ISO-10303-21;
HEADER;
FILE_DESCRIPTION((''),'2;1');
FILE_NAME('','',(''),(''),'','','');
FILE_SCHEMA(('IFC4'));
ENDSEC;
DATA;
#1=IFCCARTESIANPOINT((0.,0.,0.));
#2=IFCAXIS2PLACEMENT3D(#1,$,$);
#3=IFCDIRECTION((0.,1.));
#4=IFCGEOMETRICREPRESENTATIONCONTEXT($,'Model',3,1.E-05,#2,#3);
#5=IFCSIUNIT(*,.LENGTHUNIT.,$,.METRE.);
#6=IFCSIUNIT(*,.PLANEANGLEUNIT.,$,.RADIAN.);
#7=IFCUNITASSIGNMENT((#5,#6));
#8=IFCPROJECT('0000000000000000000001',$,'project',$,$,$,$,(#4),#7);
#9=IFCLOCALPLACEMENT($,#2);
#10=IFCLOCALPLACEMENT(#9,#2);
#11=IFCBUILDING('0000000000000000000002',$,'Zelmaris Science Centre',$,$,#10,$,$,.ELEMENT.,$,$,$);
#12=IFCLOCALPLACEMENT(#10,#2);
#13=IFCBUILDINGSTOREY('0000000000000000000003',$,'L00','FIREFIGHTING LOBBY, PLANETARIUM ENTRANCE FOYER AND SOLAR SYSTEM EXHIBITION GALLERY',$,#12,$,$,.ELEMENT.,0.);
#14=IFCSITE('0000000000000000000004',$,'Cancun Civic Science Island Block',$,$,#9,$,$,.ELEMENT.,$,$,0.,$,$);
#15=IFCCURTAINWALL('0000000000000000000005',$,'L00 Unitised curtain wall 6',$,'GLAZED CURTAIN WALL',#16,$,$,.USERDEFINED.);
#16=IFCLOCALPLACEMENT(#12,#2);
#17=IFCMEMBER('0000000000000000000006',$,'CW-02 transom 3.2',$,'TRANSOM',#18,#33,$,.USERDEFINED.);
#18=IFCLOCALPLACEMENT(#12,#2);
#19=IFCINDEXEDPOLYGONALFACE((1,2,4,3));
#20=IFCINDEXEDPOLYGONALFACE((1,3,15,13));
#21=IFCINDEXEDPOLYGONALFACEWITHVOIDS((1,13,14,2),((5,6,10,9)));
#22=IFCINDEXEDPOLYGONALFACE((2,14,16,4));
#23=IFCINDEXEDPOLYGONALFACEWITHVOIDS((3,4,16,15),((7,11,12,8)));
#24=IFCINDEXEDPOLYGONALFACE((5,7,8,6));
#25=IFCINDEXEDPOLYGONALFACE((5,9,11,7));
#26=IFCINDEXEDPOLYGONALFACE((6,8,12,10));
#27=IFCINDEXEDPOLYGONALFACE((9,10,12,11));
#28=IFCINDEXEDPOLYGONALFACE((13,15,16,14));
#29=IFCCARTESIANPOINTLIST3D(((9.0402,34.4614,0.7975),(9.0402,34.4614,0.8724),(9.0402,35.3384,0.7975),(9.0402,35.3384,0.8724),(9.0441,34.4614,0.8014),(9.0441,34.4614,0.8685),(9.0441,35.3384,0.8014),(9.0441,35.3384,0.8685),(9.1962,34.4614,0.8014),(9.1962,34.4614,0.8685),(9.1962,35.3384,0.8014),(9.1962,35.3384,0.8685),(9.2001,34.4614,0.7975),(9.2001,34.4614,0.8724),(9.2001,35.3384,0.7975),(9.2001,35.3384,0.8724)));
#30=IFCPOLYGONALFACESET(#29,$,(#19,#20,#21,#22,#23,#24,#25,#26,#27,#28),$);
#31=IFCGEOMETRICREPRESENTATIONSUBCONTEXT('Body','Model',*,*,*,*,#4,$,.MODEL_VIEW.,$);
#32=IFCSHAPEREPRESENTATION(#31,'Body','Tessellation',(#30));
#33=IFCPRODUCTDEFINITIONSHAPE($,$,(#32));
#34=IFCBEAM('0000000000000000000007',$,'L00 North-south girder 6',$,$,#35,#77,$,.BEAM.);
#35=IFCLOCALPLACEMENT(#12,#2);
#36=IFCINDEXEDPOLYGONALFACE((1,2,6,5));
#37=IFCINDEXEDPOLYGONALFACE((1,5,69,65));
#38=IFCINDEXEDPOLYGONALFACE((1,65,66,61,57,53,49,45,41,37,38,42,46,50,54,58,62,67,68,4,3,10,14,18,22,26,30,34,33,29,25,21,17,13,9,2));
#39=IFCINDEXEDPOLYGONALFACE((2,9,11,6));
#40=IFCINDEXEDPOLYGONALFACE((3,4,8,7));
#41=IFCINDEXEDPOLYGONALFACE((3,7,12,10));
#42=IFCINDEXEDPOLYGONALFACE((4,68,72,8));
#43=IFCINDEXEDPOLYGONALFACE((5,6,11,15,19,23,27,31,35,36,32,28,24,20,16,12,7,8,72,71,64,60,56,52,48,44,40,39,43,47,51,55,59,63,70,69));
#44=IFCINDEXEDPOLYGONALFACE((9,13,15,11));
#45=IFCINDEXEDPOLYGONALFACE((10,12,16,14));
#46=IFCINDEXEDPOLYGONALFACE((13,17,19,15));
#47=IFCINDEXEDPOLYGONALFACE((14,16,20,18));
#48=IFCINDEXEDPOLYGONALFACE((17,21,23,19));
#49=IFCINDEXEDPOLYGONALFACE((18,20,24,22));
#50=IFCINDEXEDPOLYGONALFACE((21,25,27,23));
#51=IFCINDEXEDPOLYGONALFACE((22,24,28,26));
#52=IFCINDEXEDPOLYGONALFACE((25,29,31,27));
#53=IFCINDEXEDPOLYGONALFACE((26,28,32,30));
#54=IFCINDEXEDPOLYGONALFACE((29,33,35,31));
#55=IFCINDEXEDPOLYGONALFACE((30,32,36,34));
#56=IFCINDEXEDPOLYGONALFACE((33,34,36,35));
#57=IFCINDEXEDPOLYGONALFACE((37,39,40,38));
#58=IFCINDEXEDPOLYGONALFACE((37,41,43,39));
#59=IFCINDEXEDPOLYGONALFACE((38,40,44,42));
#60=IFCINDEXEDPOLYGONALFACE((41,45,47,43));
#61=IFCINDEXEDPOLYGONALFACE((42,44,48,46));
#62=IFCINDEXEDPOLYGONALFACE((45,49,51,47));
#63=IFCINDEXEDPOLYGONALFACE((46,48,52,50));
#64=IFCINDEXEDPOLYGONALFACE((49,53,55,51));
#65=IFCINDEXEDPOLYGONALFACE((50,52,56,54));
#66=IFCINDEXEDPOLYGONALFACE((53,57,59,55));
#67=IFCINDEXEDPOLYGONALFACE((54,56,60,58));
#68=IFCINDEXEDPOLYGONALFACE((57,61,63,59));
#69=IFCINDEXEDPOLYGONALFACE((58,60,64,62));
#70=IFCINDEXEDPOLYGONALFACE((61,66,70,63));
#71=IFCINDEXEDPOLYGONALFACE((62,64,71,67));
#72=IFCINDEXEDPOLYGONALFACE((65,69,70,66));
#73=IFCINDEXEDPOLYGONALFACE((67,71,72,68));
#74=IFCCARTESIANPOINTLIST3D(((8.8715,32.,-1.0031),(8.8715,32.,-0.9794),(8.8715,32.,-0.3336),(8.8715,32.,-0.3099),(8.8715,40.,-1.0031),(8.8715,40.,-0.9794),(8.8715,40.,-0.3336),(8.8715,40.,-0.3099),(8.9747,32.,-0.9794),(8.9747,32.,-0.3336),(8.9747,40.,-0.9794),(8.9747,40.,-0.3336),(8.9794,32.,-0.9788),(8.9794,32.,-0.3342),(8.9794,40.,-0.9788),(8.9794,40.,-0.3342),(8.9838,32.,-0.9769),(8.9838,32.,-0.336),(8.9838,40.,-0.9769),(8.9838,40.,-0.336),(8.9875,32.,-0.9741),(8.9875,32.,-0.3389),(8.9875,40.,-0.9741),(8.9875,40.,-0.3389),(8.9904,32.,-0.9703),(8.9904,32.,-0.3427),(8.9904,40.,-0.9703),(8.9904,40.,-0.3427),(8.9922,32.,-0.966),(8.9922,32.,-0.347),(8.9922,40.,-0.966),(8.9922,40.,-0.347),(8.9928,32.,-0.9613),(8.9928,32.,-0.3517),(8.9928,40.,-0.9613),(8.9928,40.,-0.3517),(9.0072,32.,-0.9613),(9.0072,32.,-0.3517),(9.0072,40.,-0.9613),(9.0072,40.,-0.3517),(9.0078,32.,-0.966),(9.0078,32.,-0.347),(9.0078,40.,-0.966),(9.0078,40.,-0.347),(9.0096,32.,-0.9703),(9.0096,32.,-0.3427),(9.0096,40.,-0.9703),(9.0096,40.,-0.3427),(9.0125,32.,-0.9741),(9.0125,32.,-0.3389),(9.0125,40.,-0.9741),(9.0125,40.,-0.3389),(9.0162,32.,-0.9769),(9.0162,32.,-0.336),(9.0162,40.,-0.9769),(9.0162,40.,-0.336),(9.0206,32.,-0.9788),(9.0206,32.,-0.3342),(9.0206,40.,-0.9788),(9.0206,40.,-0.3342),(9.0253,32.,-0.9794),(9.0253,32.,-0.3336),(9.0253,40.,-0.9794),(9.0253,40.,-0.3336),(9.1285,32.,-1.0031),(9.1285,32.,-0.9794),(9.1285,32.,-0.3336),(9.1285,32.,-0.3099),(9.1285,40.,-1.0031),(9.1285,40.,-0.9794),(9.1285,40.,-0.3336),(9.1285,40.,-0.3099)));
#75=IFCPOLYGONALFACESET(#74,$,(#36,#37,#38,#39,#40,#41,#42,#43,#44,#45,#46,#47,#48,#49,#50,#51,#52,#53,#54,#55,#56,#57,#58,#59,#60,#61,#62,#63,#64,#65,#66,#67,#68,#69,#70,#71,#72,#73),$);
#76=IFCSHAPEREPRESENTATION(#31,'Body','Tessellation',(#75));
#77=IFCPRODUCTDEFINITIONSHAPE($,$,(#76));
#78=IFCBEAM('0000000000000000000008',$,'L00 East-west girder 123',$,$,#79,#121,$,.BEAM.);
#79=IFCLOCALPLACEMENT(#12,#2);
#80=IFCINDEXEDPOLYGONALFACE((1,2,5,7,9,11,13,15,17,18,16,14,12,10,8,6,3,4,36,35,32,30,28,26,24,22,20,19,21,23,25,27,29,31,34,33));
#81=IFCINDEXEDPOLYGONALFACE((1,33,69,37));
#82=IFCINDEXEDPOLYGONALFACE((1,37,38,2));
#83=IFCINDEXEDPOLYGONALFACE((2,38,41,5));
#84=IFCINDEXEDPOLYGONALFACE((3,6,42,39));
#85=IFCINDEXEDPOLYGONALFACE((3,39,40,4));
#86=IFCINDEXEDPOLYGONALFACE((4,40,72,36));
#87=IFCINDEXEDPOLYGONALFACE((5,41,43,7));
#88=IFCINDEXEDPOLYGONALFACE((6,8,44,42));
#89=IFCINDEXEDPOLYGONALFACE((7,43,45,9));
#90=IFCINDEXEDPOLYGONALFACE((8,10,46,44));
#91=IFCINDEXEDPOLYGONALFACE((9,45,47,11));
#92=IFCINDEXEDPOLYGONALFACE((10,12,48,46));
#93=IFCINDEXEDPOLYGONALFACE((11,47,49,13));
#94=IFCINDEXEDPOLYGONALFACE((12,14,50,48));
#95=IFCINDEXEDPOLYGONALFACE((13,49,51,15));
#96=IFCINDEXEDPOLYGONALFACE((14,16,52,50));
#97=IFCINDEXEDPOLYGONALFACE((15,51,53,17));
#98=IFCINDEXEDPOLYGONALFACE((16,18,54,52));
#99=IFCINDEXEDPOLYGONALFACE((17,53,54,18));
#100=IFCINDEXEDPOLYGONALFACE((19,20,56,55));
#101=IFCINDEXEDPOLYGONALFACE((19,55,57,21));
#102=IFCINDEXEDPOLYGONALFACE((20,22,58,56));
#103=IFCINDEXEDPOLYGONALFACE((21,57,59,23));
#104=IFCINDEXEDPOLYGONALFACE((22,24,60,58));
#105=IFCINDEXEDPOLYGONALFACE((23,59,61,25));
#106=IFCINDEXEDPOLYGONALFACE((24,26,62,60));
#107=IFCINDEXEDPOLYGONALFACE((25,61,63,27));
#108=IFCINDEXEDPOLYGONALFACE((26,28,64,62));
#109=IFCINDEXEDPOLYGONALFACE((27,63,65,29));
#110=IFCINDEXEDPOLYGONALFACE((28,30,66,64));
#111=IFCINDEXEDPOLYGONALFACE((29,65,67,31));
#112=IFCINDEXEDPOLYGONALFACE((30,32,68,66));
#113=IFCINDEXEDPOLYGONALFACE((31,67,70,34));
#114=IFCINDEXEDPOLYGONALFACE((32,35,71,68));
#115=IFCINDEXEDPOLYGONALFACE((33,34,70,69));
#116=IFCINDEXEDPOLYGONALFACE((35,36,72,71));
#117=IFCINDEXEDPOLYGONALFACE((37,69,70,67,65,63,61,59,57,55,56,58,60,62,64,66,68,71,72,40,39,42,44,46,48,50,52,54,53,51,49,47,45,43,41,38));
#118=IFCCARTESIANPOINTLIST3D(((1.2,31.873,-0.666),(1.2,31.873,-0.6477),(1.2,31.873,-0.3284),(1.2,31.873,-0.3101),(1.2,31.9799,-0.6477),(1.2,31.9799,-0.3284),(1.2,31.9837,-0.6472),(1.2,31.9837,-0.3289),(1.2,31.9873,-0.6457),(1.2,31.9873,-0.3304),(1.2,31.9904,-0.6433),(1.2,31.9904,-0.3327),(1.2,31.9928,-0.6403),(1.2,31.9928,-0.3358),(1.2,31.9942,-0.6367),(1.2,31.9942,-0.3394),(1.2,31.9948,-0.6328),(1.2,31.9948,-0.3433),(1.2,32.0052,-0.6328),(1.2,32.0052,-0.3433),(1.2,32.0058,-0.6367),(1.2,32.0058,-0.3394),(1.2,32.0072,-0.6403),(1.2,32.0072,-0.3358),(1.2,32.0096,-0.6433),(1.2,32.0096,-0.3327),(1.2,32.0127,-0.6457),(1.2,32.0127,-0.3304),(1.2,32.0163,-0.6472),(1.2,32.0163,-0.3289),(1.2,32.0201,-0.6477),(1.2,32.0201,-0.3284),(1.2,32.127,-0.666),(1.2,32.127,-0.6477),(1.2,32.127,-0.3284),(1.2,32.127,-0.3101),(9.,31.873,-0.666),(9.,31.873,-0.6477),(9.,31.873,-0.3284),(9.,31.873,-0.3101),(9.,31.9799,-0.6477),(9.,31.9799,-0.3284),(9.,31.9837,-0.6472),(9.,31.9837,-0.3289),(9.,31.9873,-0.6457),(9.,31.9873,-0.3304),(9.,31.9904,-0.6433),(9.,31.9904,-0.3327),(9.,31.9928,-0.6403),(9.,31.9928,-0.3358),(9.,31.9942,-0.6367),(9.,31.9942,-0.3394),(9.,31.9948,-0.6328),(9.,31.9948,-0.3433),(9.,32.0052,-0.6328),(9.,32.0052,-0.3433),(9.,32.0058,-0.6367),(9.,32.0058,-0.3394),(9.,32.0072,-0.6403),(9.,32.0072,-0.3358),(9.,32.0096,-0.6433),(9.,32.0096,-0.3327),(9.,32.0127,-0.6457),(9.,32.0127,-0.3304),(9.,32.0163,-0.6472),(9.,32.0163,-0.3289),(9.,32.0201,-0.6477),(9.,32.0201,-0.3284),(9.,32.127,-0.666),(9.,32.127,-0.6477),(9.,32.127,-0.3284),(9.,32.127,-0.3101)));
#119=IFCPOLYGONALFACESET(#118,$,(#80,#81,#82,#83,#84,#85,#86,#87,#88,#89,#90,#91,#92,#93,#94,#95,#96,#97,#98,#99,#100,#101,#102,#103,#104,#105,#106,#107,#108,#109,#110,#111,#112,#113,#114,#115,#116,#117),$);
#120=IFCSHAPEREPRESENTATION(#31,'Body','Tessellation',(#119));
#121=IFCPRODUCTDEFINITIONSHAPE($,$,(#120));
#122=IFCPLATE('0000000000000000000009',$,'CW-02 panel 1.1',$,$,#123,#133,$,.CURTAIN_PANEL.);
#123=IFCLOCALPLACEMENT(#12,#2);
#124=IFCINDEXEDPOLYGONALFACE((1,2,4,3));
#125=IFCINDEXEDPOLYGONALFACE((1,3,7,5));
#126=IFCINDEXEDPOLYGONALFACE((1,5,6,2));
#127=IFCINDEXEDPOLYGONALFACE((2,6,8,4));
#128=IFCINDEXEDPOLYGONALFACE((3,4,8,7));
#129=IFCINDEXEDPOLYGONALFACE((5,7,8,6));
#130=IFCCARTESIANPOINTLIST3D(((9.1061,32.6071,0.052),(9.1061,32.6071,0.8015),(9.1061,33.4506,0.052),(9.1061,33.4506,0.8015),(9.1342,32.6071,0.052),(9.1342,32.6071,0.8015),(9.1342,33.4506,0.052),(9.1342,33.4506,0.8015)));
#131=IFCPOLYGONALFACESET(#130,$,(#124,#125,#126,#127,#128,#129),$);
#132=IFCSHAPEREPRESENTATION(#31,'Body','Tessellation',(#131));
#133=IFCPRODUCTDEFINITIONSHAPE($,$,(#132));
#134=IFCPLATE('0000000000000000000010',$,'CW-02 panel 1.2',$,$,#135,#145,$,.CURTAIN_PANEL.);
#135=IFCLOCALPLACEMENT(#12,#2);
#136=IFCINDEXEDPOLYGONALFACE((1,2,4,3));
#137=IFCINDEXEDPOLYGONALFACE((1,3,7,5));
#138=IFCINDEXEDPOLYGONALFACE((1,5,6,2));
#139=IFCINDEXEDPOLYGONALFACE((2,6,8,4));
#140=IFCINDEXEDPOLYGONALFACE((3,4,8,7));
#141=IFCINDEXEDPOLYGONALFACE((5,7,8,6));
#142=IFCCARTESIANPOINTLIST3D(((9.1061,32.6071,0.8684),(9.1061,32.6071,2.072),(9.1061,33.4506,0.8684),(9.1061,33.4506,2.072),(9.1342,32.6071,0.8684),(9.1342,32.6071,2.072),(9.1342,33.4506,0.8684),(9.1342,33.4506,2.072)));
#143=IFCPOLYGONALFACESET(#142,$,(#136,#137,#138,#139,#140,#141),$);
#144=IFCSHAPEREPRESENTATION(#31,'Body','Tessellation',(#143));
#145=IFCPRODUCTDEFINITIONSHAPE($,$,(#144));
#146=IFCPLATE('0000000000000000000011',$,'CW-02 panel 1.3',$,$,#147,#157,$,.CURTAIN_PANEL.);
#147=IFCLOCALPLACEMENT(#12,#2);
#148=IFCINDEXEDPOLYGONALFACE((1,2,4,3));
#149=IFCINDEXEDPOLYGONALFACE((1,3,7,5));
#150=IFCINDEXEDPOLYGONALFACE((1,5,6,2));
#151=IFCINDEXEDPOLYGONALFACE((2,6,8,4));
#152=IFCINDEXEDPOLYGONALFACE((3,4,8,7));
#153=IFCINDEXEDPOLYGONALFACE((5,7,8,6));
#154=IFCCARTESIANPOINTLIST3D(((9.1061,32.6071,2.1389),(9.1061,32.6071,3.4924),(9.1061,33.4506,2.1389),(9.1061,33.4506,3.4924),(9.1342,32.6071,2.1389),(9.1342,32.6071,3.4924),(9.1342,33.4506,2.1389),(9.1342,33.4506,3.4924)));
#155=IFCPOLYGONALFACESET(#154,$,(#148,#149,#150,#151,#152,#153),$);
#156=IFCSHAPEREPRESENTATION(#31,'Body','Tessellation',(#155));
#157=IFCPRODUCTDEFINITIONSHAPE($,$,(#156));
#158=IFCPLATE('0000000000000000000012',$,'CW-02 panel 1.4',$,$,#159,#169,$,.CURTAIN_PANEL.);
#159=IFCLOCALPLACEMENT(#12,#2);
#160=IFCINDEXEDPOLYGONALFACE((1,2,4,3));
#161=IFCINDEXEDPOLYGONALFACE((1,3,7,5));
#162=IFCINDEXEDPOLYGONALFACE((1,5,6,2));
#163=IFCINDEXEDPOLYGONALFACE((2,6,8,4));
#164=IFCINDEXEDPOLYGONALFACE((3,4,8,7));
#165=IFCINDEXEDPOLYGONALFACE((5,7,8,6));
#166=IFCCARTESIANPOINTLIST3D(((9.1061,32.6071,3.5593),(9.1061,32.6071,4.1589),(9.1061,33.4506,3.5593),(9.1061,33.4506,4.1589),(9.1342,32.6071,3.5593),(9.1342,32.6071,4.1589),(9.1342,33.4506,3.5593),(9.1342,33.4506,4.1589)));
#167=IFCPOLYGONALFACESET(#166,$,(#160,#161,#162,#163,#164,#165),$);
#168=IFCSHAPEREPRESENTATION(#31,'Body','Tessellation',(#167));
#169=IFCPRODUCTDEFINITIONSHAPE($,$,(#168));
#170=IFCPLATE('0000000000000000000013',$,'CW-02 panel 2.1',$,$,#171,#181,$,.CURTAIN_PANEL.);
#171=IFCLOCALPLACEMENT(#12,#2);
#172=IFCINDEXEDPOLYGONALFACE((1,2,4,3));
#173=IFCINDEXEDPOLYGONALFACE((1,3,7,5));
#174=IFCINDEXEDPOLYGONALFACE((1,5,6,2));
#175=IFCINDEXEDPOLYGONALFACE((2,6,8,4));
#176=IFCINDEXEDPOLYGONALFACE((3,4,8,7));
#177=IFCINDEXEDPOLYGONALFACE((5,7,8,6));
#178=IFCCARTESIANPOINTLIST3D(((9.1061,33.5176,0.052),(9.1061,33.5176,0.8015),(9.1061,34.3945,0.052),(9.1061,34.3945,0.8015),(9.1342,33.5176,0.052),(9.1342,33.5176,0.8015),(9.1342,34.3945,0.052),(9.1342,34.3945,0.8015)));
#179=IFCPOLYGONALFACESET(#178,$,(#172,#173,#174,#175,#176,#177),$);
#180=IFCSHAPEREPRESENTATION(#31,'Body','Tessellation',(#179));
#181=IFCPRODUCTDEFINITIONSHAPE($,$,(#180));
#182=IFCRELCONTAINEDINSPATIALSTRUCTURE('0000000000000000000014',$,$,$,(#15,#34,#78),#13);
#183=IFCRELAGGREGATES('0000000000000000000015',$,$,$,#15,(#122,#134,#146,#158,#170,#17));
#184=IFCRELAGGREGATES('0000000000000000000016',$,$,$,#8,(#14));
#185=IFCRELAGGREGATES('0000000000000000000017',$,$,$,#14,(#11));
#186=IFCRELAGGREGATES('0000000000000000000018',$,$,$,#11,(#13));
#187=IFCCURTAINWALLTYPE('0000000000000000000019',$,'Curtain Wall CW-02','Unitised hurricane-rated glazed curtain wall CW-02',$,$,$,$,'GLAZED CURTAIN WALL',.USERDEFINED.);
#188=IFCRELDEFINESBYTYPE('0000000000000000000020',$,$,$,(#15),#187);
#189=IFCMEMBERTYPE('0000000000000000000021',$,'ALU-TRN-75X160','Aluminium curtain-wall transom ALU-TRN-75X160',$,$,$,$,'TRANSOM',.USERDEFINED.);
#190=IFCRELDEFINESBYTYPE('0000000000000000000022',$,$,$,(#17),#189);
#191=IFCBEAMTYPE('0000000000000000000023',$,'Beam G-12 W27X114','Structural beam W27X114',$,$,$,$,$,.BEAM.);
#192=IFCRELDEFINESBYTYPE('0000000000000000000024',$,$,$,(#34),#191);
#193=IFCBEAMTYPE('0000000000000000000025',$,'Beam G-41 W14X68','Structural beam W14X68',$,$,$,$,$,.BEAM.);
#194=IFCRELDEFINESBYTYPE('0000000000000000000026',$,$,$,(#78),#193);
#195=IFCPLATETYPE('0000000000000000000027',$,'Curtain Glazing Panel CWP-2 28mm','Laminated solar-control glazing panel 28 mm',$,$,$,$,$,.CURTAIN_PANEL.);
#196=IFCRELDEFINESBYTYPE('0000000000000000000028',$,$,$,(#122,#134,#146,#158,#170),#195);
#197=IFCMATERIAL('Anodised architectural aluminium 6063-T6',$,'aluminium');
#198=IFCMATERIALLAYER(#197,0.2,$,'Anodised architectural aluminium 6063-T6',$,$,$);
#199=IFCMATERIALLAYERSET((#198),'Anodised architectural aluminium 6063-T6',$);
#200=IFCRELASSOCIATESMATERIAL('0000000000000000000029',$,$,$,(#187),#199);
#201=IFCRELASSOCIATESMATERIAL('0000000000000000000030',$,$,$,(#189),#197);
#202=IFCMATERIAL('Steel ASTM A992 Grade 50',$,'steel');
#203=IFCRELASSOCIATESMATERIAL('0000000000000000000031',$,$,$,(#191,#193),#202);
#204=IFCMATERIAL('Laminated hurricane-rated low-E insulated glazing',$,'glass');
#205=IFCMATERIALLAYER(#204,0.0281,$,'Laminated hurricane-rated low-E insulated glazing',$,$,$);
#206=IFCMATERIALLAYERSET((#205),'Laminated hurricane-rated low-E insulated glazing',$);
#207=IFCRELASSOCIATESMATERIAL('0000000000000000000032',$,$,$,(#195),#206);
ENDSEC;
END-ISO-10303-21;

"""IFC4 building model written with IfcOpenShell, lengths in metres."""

from ifc_helpers import new_model, si_unit, direction, frame, origin, origin_2d, place, context, subcontext, project, spatial, rectangle, hollow_rectangle, i_section, extrude, material, layer, layer_set, material_profile, profile_set, type_object, element, aggregate, save


model = new_model("IFC4")

# Units and contexts
model_context = context("Model", 3, precision=1e-05, world=origin(), true_north=direction((0.0, 1.0)))
body_context = subcontext(model_context, "Body", "Model", "MODEL_VIEW")
ifc_project = project(units=[si_unit("LENGTHUNIT", "METRE"), si_unit("PLANEANGLEUNIT", "RADIAN")], contexts=[model_context])

# Site, building, storey
site_placement = place(None, origin())
site = spatial("IfcSite", under=ifc_project, at=site_placement, Name="Cancun Civic Science Island Block", CompositionType="ELEMENT", RefElevation=0.0)
building_placement = place(site_placement, origin())
building = spatial("IfcBuilding", under=site, at=building_placement, Name="Zelmaris Science Centre", CompositionType="ELEMENT")
storey_placement = place(building_placement, origin())
storey = spatial("IfcBuildingStorey", under=building, at=storey_placement, Name="L00", Description="FIREFIGHTING LOBBY, PLANETARIUM ENTRANCE FOYER AND SOLAR SYSTEM EXHIBITION GALLERY", CompositionType="ELEMENT", Elevation=0.0)

# Shared definitions
ifc_material_1 = material(Name="Steel ASTM A992 Grade 50", Category="steel")

# Shared definitions
ifc_material_2 = material(Name="Anodised architectural aluminium 6063-T6", Category="aluminium")

# Curtain wall
ifc_layer_1 = layer(ifc_material_2, 0.2, Name="Anodised architectural aluminium 6063-T6")
ifc_layer_set_1 = layer_set([ifc_layer_1], Name="Anodised architectural aluminium 6063-T6")
curtain_wall_type_1 = type_object("IfcCurtainWallType", Name="Curtain Wall CW-02", Description="Unitised hurricane-rated glazed curtain wall CW-02", ElementType="GLAZED CURTAIN WALL", PredefinedType="USERDEFINED", material=ifc_layer_set_1)
curtain_wall_1_placement = place(storey_placement, origin())
curtain_wall_1 = element("IfcCurtainWall", 1, at=curtain_wall_1_placement, inside=storey, type_object=curtain_wall_type_1, Name="L00 Unitised curtain wall 6", ObjectType="GLAZED CURTAIN WALL", PredefinedType="USERDEFINED")

# Member
ifc_material_profile_1 = material_profile(ifc_material_2, hollow_rectangle(XDim=0.075, YDim=0.1599, WallThickness=0.0039, at=origin_2d()), Name="ALU-TRN-75X160")
ifc_profile_set_1 = profile_set([ifc_material_profile_1], Name="Anodised architectural aluminium 6063-T6")
member_type_1 = type_object("IfcMemberType", Name="ALU-TRN-75X160", Description="Aluminium curtain-wall transom ALU-TRN-75X160", ElementType="TRANSOM", PredefinedType="USERDEFINED", material=ifc_profile_set_1)
member_1_placement = place(storey_placement, frame((9.1201, 34.4614, 0.835), z_axis=(0.0, 1.0, 0.0), x_axis=(0.0, 0.0, 1.0)))
member_1 = element("IfcMember", 2, at=member_1_placement, type_object=member_type_1, Name="CW-02 transom 3.2", ObjectType="TRANSOM", PredefinedType="USERDEFINED", context=body_context, shape_type="SweptSolid", body=[
    extrude(hollow_rectangle(XDim=0.075, YDim=0.1599, WallThickness=0.0039, at=origin_2d()), origin(), (0.0, 0.0, 1.0), 0.877),
])

# Beams
ifc_material_profile_2 = material_profile(ifc_material_1, i_section(OverallWidth=0.2571, OverallDepth=0.6931, WebThickness=0.0144, FlangeThickness=0.0237, FilletRadius=0.0181, at=origin_2d()), Name="W27X114")
ifc_profile_set_2 = profile_set([ifc_material_profile_2], Name="Steel ASTM A992 Grade 50")
beam_type_1 = type_object("IfcBeamType", Name="Beam G-12 W27X114", Description="Structural beam W27X114", PredefinedType="BEAM", material=ifc_profile_set_2)
beam_1_placement = place(storey_placement, frame((9.0, 32.0, -0.6565), z_axis=(0.0, 1.0, 0.0), x_axis=(-1.0, 0.0, 0.0)))
element("IfcBeam", 3, at=beam_1_placement, inside=storey, type_object=beam_type_1, Name="L00 North-south girder 6", PredefinedType="BEAM", context=body_context, shape_type="SweptSolid", body=[
    extrude(i_section(OverallWidth=0.2571, OverallDepth=0.6931, WebThickness=0.0144, FlangeThickness=0.0237, FilletRadius=0.0181, at=origin_2d()), origin(), (0.0, 0.0, 1.0), 8.0),
])
ifc_material_profile_3 = material_profile(ifc_material_1, i_section(OverallWidth=0.2539, OverallDepth=0.356, WebThickness=0.0105, FlangeThickness=0.0183, FilletRadius=0.0149, at=origin_2d()), Name="W14X68")
ifc_profile_set_3 = profile_set([ifc_material_profile_3], Name="Steel ASTM A992 Grade 50")
beam_type_2 = type_object("IfcBeamType", Name="Beam G-41 W14X68", Description="Structural beam W14X68", PredefinedType="BEAM", material=ifc_profile_set_3)
beam_2_placement = place(storey_placement, frame((1.2, 32.0, -0.488), z_axis=(1.0, 0.0, 0.0), x_axis=(0.0, 1.0, 0.0)))
element("IfcBeam", 4, at=beam_2_placement, inside=storey, type_object=beam_type_2, Name="L00 East-west girder 123", PredefinedType="BEAM", context=body_context, shape_type="SweptSolid", body=[
    extrude(i_section(OverallWidth=0.2539, OverallDepth=0.356, WebThickness=0.0105, FlangeThickness=0.0183, FilletRadius=0.0149, at=origin_2d()), origin(), (0.0, 0.0, 1.0), 7.8),
])

# Plates
ifc_material_3 = material(Name="Laminated hurricane-rated low-E insulated glazing", Category="glass")
ifc_layer_2 = layer(ifc_material_3, 0.0281, Name="Laminated hurricane-rated low-E insulated glazing")
ifc_layer_set_2 = layer_set([ifc_layer_2], Name="Laminated hurricane-rated low-E insulated glazing")
plate_type_1 = type_object("IfcPlateType", Name="Curtain Glazing Panel CWP-2 28mm", Description="Laminated solar-control glazing panel 28 mm", PredefinedType="CURTAIN_PANEL", material=ifc_layer_set_2)
plate_1_placement = place(storey_placement, frame((9.1201, 33.0288, 0.052), z_axis=(0.0, 0.0, 1.0), x_axis=(0.0, 1.0, 0.0)))
plate_1 = element("IfcPlate", 5, at=plate_1_placement, type_object=plate_type_1, Name="CW-02 panel 1.1", PredefinedType="CURTAIN_PANEL", context=body_context, shape_type="SweptSolid", body=[
    extrude(rectangle(XDim=0.8435, YDim=0.0281, at=origin_2d()), origin(), (0.0, 0.0, 1.0), 0.7495),
])
plate_2_placement = place(storey_placement, frame((9.1201, 33.0288, 0.8684), z_axis=(0.0, 0.0, 1.0), x_axis=(0.0, 1.0, 0.0)))
plate_2 = element("IfcPlate", 6, at=plate_2_placement, type_object=plate_type_1, Name="CW-02 panel 1.2", PredefinedType="CURTAIN_PANEL", context=body_context, shape_type="SweptSolid", body=[
    extrude(rectangle(XDim=0.8435, YDim=0.0281, at=origin_2d()), origin(), (0.0, 0.0, 1.0), 1.2036),
])
plate_3_placement = place(storey_placement, frame((9.1201, 33.0288, 2.1389), z_axis=(0.0, 0.0, 1.0), x_axis=(0.0, 1.0, 0.0)))
plate_3 = element("IfcPlate", 7, at=plate_3_placement, type_object=plate_type_1, Name="CW-02 panel 1.3", PredefinedType="CURTAIN_PANEL", context=body_context, shape_type="SweptSolid", body=[
    extrude(rectangle(XDim=0.8435, YDim=0.0281, at=origin_2d()), origin(), (0.0, 0.0, 1.0), 1.3535),
])
plate_4_placement = place(storey_placement, frame((9.1201, 33.0288, 3.5593), z_axis=(0.0, 0.0, 1.0), x_axis=(0.0, 1.0, 0.0)))
plate_4 = element("IfcPlate", 8, at=plate_4_placement, type_object=plate_type_1, Name="CW-02 panel 1.4", PredefinedType="CURTAIN_PANEL", context=body_context, shape_type="SweptSolid", body=[
    extrude(rectangle(XDim=0.8435, YDim=0.0281, at=origin_2d()), origin(), (0.0, 0.0, 1.0), 0.5996),
])
plate_5_placement = place(storey_placement, frame((9.1201, 33.9561, 0.052), z_axis=(0.0, 0.0, 1.0), x_axis=(0.0, 1.0, 0.0)))
plate_5 = element("IfcPlate", 9, at=plate_5_placement, type_object=plate_type_1, Name="CW-02 panel 2.1", PredefinedType="CURTAIN_PANEL", context=body_context, shape_type="SweptSolid", body=[
    extrude(rectangle(XDim=0.877, YDim=0.0281, at=origin_2d()), origin(), (0.0, 0.0, 1.0), 0.7495),
])
aggregate(curtain_wall_1, [plate_1, plate_2, plate_3, plate_4, plate_5, member_1])

save(model, "model.ifc")
